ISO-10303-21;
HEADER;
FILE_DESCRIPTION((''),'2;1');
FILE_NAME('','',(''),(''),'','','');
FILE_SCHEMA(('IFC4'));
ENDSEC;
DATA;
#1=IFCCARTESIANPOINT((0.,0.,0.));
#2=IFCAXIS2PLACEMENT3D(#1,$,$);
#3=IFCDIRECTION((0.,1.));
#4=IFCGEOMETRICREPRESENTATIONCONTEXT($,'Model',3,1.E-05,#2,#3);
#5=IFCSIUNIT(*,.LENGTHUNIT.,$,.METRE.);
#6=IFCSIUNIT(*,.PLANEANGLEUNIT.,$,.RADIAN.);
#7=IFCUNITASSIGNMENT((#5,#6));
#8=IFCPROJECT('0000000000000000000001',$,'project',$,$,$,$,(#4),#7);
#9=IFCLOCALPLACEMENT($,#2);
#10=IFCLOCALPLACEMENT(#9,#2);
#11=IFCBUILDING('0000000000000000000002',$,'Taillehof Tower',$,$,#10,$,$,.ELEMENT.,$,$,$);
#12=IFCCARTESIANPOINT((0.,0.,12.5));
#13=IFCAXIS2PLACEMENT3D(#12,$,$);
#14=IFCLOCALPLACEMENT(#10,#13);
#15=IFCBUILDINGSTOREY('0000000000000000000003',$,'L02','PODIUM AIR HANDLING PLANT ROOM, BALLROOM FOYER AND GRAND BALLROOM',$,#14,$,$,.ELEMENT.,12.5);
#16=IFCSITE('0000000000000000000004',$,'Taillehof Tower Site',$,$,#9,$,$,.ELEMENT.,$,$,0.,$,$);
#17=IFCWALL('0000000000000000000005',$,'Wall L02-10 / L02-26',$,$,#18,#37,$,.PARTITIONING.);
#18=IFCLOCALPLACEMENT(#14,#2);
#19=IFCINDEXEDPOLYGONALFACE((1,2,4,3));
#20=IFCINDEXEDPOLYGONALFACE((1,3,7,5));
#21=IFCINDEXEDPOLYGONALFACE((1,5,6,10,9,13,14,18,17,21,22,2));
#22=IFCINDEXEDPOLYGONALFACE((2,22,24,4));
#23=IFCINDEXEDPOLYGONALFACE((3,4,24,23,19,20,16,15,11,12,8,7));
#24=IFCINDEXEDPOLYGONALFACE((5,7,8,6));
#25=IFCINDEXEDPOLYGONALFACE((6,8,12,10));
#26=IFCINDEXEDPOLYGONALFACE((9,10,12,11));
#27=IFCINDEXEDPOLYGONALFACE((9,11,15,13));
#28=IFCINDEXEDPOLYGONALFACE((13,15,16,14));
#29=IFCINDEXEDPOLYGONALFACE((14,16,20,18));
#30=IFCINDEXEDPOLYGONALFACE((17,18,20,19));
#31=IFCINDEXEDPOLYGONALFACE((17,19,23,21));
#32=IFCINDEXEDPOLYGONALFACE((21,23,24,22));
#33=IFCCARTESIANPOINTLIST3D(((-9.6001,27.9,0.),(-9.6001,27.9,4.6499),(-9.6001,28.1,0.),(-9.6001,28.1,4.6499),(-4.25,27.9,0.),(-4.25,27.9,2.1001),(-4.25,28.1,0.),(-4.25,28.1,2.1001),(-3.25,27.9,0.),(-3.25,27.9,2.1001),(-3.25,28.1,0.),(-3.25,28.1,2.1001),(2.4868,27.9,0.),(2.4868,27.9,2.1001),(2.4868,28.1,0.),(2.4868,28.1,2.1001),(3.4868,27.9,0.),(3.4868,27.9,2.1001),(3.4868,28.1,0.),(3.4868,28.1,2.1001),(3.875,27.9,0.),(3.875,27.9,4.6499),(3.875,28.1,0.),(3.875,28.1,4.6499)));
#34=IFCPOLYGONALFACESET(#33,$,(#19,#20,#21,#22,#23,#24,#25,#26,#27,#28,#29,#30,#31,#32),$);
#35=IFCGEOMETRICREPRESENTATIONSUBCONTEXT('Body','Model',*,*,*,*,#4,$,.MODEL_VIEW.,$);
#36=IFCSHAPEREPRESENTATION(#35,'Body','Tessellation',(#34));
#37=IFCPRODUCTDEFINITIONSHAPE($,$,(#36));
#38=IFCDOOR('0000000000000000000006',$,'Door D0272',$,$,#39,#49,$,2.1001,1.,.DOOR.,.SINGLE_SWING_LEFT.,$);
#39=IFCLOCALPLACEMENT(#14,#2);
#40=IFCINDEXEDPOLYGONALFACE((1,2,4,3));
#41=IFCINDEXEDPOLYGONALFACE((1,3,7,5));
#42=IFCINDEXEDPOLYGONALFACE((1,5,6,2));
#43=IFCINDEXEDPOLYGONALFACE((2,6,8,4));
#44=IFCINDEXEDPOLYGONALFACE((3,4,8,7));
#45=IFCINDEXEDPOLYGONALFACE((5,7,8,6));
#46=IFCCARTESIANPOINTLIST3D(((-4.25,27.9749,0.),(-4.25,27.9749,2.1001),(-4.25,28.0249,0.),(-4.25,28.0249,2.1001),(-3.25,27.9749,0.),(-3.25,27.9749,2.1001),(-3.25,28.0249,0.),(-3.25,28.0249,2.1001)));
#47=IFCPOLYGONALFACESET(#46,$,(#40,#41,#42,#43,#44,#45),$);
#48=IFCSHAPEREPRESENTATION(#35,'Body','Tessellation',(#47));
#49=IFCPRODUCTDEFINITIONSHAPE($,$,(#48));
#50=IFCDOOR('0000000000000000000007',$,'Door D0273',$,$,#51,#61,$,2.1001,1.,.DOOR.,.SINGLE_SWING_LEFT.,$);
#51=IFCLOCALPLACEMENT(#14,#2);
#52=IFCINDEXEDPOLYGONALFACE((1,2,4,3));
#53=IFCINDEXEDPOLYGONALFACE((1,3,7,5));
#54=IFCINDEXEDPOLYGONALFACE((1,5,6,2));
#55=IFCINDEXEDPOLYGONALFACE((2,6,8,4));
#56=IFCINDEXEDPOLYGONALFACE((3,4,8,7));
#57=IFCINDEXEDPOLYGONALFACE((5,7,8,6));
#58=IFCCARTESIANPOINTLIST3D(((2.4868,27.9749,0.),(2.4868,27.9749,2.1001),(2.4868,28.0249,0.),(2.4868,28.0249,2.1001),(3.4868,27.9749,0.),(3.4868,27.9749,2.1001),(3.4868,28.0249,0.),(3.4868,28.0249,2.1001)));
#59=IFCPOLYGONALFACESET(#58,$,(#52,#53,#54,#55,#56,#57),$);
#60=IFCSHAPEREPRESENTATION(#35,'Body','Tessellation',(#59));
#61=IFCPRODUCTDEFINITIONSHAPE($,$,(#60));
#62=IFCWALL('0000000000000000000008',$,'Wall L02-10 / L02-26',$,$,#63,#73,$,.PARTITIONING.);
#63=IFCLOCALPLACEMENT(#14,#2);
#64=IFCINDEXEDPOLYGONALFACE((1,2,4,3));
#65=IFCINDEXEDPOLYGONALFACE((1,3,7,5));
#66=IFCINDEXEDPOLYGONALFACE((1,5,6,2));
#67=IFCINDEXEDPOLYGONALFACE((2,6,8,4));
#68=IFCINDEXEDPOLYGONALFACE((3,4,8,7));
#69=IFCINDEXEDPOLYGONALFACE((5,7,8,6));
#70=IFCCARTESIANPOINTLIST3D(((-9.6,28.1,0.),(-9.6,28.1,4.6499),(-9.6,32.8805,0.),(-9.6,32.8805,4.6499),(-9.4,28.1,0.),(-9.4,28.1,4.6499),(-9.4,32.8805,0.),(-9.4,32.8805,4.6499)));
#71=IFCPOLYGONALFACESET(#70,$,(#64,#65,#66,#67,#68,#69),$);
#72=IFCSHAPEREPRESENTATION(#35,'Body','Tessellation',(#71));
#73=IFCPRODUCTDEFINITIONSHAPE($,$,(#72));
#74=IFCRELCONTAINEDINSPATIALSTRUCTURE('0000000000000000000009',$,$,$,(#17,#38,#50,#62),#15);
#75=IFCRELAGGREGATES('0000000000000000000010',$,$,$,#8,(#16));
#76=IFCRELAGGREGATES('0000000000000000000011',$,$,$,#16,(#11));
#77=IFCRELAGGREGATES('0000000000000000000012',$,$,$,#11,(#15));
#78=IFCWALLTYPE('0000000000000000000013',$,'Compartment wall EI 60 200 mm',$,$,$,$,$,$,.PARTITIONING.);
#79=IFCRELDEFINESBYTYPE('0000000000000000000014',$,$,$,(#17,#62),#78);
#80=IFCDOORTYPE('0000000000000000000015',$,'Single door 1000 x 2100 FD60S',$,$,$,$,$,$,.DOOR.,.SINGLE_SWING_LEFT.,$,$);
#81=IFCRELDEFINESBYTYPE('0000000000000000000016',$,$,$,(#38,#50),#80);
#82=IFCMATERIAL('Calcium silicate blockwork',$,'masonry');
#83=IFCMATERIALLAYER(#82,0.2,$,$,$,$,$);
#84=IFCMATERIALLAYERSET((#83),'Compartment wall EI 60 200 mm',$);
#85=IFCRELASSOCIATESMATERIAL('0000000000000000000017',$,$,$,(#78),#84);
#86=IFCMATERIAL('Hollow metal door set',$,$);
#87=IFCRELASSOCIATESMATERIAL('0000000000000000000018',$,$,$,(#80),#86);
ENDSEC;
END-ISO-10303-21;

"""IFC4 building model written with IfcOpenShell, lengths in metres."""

from ifc_helpers import new_model, si_unit, direction, frame, frame_2d, origin, place, context, subcontext, project, spatial, rectangle, extrude, material, layer, layer_set, type_object, element, fill, save


model = new_model("IFC4")

# Units and contexts
model_context = context("Model", 3, precision=1e-05, world=origin(), true_north=direction((0.0, 1.0)))
body_context = subcontext(model_context, "Body", "Model", "MODEL_VIEW")
ifc_project = project(units=[si_unit("LENGTHUNIT", "METRE"), si_unit("PLANEANGLEUNIT", "RADIAN")], contexts=[model_context])

# Site, building, storey
site_placement = place(None, origin())
site = spatial("IfcSite", under=ifc_project, at=site_placement, Name="Taillehof Tower Site", CompositionType="ELEMENT", RefElevation=0.0)
building_placement = place(site_placement, origin())
building = spatial("IfcBuilding", under=site, at=building_placement, Name="Taillehof Tower", CompositionType="ELEMENT")
storey_placement = place(building_placement, frame((0.0, 0.0, 12.5)))
storey = spatial("IfcBuildingStorey", under=building, at=storey_placement, Name="L02", Description="PODIUM AIR HANDLING PLANT ROOM, BALLROOM FOYER AND GRAND BALLROOM", CompositionType="ELEMENT", Elevation=12.5)

# Wall, openings, doors
ifc_material_1 = material(Name="Calcium silicate blockwork", Category="masonry")
ifc_layer_1 = layer(ifc_material_1, 0.2)
ifc_layer_set_1 = layer_set([ifc_layer_1], Name="Compartment wall EI 60 200 mm")
wall_type = type_object("IfcWallType", Name="Compartment wall EI 60 200 mm", PredefinedType="PARTITIONING", material=ifc_layer_set_1)
wall_1_placement = place(storey_placement, frame((-9.6001, 28.0, 0.0), z_axis=(0.0, 0.0, 1.0), x_axis=(1.0, 0.0, 0.0)))
wall_1 = element("IfcWall", 1, at=wall_1_placement, inside=storey, type_object=wall_type, Name="Wall L02-10 / L02-26", PredefinedType="PARTITIONING", context=body_context, shape_type="SweptSolid", body=[
    extrude(rectangle(XDim=13.4751, YDim=0.2, at=frame_2d((6.7375, 0.0))), origin(), (0.0, 0.0, 1.0), 4.6499),
])
opening_1_placement = place(wall_1_placement, frame((5.3501, 0.0, 0.0)))
opening_1 = element("IfcOpeningElement", 2, at=opening_1_placement, cuts=wall_1, PredefinedType="OPENING", context=body_context, shape_type="SweptSolid", body=[
    extrude(rectangle(XDim=1.0, YDim=2.1001, at=frame_2d((0.5, 1.05))), frame((0.0, 0.1099, 0.0), z_axis=(0.0, -1.0, 0.0), x_axis=(1.0, 0.0, 0.0)), (0.0, 0.0, 1.0), 0.22),
])
opening_2_placement = place(wall_1_placement, frame((12.0869, 0.0, 0.0)))
opening_2 = element("IfcOpeningElement", 3, at=opening_2_placement, cuts=wall_1, PredefinedType="OPENING", context=body_context, shape_type="SweptSolid", body=[
    extrude(rectangle(XDim=1.0, YDim=2.1001, at=frame_2d((0.5, 1.05))), frame((0.0, 0.1099, 0.0), z_axis=(0.0, -1.0, 0.0), x_axis=(1.0, 0.0, 0.0)), (0.0, 0.0, 1.0), 0.22),
])
ifc_material_2 = material(Name="Hollow metal door set")
door_type = type_object("IfcDoorType", Name="Single door 1000 x 2100 FD60S", OperationType="SINGLE_SWING_LEFT", PredefinedType="DOOR", material=ifc_material_2)
door_1_placement = place(opening_1_placement, origin())
door_1 = element("IfcDoor", 4, at=door_1_placement, inside=storey, type_object=door_type, Name="Door D0272", OperationType="SINGLE_SWING_LEFT", OverallHeight=2.1001, OverallWidth=1.0, PredefinedType="DOOR", context=body_context, shape_type="SweptSolid", body=[
    extrude(rectangle(XDim=1.0, YDim=2.1001, at=frame_2d((0.5, 1.05))), frame((0.0, 0.0249, 0.0), z_axis=(0.0, -1.0, 0.0), x_axis=(1.0, 0.0, 0.0)), (0.0, 0.0, 1.0), 0.05),
])
fill(opening_1, door_1)
door_2_placement = place(opening_2_placement, origin())
door_2 = element("IfcDoor", 5, at=door_2_placement, inside=storey, type_object=door_type, Name="Door D0273", OperationType="SINGLE_SWING_LEFT", OverallHeight=2.1001, OverallWidth=1.0, PredefinedType="DOOR", context=body_context, shape_type="SweptSolid", body=[
    extrude(rectangle(XDim=1.0, YDim=2.1001, at=frame_2d((0.5, 1.05))), frame((0.0, 0.0249, 0.0), z_axis=(0.0, -1.0, 0.0), x_axis=(1.0, 0.0, 0.0)), (0.0, 0.0, 1.0), 0.05),
])
fill(opening_2, door_2)

# Wall
wall_2_placement = place(storey_placement, frame((-9.5, 28.1001, 0.0), z_axis=(0.0, 0.0, 1.0), x_axis=(0.0, 1.0, 0.0)))
element("IfcWall", 6, at=wall_2_placement, inside=storey, type_object=wall_type, Name="Wall L02-10 / L02-26", PredefinedType="PARTITIONING", context=body_context, shape_type="SweptSolid", body=[
    extrude(rectangle(XDim=4.7805, YDim=0.2, at=frame_2d((2.3901, 0.0))), origin(), (0.0, 0.0, 1.0), 4.6499),
])

save(model, "model.ifc")
